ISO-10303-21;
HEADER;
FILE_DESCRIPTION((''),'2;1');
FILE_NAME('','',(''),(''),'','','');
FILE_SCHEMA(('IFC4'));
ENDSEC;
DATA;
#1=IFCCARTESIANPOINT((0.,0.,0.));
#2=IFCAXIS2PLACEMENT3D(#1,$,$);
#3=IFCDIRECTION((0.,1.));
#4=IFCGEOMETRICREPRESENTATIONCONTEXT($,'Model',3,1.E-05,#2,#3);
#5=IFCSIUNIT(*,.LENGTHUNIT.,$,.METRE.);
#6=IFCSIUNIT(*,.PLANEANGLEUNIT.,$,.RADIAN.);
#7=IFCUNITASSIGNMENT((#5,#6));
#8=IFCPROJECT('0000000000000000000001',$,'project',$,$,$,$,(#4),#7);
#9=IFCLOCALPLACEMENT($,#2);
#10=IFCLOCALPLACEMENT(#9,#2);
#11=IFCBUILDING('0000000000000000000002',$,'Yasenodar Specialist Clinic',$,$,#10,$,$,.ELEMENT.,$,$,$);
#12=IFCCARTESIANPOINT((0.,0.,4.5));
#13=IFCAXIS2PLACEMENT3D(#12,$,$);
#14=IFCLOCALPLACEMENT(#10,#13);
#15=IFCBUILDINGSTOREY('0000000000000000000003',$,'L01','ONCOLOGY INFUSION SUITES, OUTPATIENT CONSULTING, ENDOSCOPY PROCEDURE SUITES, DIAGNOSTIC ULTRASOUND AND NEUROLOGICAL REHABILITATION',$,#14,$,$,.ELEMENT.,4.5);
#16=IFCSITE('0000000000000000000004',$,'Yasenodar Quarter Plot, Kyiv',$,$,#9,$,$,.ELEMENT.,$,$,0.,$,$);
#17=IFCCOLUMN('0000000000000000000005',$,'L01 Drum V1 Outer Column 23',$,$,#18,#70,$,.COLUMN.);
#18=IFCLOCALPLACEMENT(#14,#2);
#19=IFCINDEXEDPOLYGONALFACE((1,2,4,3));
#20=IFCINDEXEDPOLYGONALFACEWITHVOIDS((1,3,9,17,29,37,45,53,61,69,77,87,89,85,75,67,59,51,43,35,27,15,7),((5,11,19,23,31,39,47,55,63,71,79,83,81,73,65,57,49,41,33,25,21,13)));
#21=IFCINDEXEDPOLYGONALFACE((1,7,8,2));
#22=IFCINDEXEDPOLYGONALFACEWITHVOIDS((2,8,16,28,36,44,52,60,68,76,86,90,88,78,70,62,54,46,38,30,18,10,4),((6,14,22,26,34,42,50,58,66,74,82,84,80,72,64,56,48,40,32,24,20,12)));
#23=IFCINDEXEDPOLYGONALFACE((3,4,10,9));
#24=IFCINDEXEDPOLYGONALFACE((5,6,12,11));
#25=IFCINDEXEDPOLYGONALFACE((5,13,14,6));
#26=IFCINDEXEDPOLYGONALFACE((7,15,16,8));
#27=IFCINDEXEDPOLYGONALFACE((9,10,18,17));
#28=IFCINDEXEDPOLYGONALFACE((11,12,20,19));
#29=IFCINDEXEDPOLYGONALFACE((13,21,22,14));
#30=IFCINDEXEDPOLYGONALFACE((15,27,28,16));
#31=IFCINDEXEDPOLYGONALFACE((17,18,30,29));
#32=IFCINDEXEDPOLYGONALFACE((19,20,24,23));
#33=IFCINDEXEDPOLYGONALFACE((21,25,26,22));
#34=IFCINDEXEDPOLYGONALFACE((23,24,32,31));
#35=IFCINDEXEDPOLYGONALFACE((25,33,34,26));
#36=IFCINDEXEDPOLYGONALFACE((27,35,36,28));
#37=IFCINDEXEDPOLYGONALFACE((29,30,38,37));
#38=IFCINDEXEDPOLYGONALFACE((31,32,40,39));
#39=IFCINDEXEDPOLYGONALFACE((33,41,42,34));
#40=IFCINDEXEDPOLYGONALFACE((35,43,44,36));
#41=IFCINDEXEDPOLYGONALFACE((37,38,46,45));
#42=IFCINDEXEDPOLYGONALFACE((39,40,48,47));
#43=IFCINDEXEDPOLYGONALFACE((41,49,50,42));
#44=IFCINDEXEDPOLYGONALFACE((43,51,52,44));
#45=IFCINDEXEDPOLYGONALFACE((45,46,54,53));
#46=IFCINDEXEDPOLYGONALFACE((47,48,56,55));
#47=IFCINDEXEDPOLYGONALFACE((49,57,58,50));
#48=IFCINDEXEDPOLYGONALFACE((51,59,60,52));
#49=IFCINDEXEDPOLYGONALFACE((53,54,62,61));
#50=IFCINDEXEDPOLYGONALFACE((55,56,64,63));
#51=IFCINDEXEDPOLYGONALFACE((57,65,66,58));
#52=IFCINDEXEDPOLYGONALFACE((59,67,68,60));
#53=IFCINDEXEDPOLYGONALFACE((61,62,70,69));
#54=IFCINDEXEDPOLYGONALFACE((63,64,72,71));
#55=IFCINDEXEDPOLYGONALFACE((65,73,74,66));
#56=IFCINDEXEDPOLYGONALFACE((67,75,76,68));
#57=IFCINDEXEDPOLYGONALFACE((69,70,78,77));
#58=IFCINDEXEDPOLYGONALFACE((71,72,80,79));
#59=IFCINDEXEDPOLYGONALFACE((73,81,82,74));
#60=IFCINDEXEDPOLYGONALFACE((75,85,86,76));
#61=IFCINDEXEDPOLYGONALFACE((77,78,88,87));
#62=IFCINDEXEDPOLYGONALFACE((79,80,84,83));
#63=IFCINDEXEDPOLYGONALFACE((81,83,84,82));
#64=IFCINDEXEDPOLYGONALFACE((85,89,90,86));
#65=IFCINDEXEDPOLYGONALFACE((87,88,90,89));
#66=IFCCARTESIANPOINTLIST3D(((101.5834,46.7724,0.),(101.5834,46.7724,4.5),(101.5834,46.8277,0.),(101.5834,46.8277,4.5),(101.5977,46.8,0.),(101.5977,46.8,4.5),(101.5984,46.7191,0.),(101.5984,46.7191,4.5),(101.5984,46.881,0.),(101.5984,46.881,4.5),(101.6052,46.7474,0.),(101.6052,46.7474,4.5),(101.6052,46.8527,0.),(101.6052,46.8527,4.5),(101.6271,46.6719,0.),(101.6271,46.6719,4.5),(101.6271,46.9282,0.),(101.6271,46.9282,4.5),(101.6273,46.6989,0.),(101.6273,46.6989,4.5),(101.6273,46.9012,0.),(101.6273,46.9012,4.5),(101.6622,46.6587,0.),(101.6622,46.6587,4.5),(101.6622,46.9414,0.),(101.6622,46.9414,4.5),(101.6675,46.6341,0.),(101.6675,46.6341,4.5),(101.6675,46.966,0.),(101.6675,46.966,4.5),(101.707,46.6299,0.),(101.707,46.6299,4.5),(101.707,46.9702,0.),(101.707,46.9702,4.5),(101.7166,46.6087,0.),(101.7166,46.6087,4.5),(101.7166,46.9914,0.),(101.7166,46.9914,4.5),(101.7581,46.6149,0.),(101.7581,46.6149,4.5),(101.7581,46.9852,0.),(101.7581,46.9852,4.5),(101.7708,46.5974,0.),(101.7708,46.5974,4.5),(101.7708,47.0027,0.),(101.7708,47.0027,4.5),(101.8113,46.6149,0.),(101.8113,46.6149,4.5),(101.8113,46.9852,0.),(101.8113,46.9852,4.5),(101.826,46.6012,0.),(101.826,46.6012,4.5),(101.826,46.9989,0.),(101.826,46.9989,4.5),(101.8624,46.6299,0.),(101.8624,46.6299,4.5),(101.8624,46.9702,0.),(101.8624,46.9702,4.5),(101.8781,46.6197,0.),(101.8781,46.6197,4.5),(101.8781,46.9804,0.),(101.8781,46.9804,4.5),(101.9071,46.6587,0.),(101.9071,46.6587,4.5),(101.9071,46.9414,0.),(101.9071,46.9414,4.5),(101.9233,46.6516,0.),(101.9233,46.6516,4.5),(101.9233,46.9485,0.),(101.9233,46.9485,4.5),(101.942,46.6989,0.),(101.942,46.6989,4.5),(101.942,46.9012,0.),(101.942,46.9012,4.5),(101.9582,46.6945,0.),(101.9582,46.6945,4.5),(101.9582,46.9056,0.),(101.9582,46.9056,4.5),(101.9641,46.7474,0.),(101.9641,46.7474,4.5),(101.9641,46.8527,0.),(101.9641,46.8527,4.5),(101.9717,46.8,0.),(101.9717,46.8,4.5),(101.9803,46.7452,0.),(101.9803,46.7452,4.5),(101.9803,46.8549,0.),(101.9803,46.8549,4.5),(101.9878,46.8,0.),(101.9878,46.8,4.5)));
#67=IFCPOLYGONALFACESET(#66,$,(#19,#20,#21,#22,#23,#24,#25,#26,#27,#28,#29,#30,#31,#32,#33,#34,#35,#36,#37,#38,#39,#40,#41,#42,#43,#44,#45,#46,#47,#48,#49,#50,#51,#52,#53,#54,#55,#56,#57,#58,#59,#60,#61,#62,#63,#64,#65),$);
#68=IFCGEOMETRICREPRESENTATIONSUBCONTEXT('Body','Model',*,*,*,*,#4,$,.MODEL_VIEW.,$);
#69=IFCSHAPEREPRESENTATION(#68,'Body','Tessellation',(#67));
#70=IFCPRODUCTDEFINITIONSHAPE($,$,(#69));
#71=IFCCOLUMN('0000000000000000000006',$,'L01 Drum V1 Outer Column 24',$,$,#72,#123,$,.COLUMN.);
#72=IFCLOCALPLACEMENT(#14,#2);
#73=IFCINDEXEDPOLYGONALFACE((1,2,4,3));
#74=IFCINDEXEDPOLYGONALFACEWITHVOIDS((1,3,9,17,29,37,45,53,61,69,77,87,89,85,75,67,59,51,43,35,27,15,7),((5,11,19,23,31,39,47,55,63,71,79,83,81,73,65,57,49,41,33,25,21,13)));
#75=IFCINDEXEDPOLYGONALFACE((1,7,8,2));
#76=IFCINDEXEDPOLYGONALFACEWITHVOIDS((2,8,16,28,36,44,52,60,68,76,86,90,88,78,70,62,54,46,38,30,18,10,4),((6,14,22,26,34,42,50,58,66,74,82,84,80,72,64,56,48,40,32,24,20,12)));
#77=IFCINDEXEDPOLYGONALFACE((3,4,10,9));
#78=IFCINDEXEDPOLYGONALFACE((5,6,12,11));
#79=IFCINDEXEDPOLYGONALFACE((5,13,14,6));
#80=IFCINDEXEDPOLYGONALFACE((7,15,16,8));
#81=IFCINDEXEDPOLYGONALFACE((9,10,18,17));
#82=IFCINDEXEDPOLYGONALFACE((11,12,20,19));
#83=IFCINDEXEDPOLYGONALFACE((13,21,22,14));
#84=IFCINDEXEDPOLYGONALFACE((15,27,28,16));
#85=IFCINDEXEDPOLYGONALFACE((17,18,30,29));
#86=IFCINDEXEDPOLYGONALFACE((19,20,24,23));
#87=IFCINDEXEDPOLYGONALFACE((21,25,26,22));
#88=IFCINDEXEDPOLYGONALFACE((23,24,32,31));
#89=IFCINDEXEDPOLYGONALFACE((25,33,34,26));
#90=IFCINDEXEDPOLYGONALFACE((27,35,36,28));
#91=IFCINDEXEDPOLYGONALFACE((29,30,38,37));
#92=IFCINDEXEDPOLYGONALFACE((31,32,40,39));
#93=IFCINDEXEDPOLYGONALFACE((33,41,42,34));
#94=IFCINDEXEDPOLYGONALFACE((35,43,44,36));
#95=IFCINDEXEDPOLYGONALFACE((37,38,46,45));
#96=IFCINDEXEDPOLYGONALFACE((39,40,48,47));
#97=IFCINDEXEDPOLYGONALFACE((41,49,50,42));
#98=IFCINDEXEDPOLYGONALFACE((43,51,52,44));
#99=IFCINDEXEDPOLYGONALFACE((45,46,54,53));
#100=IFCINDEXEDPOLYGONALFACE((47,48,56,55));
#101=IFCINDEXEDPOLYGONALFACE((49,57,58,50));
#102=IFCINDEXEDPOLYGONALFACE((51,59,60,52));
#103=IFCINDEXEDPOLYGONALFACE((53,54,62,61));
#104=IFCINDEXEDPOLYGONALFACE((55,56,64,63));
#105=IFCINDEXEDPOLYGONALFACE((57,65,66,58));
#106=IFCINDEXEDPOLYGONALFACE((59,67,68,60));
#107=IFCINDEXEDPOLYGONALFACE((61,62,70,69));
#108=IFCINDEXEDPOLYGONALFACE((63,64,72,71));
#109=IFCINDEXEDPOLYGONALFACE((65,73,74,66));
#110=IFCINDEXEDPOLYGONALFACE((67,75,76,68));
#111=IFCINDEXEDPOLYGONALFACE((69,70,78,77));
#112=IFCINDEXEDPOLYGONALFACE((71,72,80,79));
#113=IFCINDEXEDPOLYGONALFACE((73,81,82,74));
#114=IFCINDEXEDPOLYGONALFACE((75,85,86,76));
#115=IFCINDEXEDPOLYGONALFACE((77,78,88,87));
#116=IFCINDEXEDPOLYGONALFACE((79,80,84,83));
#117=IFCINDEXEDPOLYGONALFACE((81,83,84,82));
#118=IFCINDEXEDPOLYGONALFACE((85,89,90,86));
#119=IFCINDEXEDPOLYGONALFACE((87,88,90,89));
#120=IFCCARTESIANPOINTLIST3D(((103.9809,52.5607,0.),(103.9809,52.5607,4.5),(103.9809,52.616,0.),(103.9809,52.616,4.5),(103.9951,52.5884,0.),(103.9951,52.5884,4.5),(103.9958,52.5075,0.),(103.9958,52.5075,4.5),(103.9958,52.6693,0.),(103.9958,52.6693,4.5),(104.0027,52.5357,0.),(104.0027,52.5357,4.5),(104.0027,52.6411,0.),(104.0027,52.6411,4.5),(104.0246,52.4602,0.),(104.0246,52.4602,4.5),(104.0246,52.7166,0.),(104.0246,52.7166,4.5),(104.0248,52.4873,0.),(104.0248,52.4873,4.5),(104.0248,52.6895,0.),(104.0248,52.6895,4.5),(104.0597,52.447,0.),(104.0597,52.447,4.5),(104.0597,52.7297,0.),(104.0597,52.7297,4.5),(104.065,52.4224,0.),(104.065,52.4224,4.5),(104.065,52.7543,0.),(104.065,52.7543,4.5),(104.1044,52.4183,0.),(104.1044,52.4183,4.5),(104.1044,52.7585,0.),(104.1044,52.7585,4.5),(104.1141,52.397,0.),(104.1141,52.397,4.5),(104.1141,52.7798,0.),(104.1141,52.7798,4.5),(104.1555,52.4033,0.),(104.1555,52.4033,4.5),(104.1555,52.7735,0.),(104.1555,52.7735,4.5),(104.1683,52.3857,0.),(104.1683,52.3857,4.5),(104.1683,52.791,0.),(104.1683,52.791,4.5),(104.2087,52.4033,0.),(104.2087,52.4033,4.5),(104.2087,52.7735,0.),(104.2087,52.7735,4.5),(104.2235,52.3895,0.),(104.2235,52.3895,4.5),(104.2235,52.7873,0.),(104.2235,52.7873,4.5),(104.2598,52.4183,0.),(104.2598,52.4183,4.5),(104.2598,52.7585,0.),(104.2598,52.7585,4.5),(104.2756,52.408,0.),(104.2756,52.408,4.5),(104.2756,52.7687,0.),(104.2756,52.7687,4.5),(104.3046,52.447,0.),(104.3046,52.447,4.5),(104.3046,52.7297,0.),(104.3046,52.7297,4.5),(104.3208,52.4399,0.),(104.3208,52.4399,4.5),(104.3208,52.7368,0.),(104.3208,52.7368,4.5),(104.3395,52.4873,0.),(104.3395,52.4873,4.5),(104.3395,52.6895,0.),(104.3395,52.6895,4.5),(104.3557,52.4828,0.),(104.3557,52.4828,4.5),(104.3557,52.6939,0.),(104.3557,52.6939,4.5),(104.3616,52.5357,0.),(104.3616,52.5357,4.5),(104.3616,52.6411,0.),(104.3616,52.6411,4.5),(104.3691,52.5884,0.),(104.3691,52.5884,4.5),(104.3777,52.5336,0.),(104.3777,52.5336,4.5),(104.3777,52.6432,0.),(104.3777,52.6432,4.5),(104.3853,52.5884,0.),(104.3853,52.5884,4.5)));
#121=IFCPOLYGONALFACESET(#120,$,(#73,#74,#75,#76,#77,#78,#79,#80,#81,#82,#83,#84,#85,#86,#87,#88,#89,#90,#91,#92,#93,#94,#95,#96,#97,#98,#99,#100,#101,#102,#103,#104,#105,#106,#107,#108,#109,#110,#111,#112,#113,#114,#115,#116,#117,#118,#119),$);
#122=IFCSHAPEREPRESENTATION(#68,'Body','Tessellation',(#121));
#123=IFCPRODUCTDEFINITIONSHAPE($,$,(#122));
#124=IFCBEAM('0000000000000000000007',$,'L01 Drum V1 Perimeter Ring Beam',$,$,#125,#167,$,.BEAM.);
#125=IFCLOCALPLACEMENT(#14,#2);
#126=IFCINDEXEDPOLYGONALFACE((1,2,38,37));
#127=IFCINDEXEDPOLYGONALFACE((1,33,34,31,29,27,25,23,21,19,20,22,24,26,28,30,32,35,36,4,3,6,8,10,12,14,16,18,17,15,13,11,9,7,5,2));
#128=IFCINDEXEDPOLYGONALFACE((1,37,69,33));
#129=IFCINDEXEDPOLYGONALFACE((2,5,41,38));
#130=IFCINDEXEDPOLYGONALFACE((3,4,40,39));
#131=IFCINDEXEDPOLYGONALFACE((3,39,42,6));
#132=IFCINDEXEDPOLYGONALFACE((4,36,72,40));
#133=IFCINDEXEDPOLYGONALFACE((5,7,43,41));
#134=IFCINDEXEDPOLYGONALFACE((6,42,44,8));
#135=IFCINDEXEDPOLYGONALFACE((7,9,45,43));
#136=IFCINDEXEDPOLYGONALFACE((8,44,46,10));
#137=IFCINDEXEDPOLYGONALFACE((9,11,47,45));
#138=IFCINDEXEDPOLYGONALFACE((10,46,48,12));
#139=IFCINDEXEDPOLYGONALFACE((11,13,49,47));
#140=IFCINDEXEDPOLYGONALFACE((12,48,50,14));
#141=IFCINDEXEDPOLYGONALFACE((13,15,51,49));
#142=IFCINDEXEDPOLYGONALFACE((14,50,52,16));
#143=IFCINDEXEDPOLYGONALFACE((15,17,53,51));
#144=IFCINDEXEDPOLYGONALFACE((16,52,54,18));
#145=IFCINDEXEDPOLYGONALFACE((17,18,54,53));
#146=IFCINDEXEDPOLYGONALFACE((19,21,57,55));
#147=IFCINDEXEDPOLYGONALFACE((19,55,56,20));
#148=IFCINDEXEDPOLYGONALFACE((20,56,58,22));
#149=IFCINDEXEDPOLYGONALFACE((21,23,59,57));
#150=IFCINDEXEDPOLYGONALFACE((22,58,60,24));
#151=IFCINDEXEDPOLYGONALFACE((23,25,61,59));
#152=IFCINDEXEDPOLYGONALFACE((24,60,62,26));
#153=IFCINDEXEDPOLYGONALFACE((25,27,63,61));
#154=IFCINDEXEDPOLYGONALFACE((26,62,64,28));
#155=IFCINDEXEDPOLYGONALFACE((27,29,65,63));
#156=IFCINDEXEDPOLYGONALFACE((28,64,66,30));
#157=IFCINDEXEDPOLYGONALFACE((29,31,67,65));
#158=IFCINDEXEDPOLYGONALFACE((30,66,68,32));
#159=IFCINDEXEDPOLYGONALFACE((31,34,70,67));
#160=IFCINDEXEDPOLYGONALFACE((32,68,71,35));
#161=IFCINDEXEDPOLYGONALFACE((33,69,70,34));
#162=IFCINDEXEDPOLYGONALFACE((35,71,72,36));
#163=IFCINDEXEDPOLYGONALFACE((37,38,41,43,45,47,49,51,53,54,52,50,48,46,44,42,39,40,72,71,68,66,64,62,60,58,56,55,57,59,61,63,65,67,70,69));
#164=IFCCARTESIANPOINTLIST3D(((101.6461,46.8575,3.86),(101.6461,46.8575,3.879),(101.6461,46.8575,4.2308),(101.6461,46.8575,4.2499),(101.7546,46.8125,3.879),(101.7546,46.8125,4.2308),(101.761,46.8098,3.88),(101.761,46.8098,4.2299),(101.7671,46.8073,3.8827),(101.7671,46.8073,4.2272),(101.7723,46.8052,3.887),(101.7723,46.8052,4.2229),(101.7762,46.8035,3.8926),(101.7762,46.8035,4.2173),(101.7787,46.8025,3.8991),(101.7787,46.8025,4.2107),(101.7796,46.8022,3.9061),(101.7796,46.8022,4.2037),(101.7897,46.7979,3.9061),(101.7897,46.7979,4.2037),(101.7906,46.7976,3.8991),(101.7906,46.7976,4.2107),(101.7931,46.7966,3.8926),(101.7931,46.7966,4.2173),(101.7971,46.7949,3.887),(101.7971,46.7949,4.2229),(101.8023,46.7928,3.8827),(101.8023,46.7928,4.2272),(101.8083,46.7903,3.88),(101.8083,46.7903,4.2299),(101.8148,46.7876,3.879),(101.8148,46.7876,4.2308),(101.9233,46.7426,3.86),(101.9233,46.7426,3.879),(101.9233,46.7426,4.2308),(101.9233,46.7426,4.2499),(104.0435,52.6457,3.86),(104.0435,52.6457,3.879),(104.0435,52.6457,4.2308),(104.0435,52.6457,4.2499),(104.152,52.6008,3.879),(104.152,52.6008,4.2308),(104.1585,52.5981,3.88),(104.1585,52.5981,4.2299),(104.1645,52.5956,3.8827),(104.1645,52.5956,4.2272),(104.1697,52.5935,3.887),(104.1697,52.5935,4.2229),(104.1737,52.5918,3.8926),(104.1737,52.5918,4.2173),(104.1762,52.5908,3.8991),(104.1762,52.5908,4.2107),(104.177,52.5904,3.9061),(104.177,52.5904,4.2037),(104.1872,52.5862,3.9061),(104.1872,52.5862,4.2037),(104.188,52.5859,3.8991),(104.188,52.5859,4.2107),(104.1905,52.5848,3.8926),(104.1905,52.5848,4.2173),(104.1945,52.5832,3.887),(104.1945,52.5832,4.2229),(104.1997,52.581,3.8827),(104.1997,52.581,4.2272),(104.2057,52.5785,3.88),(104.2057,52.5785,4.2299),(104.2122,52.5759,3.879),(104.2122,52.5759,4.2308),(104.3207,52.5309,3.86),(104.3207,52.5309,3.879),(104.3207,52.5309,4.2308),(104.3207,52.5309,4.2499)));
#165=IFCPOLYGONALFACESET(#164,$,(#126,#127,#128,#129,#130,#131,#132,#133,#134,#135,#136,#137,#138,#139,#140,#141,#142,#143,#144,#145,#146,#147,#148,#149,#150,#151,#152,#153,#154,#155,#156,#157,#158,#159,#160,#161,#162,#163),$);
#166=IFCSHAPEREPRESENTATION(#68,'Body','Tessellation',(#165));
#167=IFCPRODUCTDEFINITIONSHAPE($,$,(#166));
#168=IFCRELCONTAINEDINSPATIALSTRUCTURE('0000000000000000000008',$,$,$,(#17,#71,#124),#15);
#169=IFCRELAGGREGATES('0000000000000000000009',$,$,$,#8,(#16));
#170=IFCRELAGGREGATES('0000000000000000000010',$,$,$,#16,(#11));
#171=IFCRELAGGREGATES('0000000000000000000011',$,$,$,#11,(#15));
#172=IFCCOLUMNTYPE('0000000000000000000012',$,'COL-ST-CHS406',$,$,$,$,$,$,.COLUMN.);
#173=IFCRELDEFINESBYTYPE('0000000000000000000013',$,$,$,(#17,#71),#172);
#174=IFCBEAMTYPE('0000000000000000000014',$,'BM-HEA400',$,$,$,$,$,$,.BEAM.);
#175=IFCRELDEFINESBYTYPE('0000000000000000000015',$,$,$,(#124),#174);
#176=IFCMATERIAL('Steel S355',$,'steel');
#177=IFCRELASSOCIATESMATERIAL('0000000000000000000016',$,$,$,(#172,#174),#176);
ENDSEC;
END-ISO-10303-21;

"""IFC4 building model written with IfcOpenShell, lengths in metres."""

from ifc_helpers import new_model, si_unit, direction, frame, origin, origin_2d, place, context, subcontext, project, spatial, hollow_circle, i_section, extrude, material, material_profile, profile_set, type_object, element, save


model = new_model("IFC4")

# Units and contexts
model_context = context("Model", 3, precision=1e-05, world=origin(), true_north=direction((0.0, 1.0)))
body_context = subcontext(model_context, "Body", "Model", "MODEL_VIEW")
ifc_project = project(units=[si_unit("LENGTHUNIT", "METRE"), si_unit("PLANEANGLEUNIT", "RADIAN")], contexts=[model_context])

# Site, building, storey
site_placement = place(None, origin())
site = spatial("IfcSite", under=ifc_project, at=site_placement, Name="Yasenodar Quarter Plot, Kyiv", CompositionType="ELEMENT", RefElevation=0.0)
building_placement = place(site_placement, origin())
building = spatial("IfcBuilding", under=site, at=building_placement, Name="Yasenodar Specialist Clinic", CompositionType="ELEMENT")
storey_placement = place(building_placement, frame((0.0, 0.0, 4.5)))
storey = spatial("IfcBuildingStorey", under=building, at=storey_placement, Name="L01", Description="ONCOLOGY INFUSION SUITES, OUTPATIENT CONSULTING, ENDOSCOPY PROCEDURE SUITES, DIAGNOSTIC ULTRASOUND AND NEUROLOGICAL REHABILITATION", CompositionType="ELEMENT", Elevation=4.5)

# Columns
ifc_material_1 = material(Name="Steel S355", Category="steel")
ifc_material_profile_1 = material_profile(ifc_material_1, hollow_circle(Radius=0.2031, WallThickness=0.0161, at=origin_2d()), Name="CHS 406.4x16")
ifc_profile_set_1 = profile_set([ifc_material_profile_1], Name="Steel S355")
column_type = type_object("IfcColumnType", Name="COL-ST-CHS406", PredefinedType="COLUMN", material=ifc_profile_set_1)
for number, where, z_axis, x_axis, name in (
    (1, (101.7847, 46.8, 0.0), (0.0, 0.0, 1.0), (1.0, 0.0, 0.0), "L01 Drum V1 Outer Column 23"),
    (2, (104.1821, 52.5884, 0.0), (0.0, 0.0, 1.0), (1.0, 0.0, 0.0), "L01 Drum V1 Outer Column 24"),
):
    element("IfcColumn", number, at=place(storey_placement, frame(where, z_axis=z_axis, x_axis=x_axis)), inside=storey, type_object=column_type, Name=name, PredefinedType="COLUMN", context=body_context, shape_type="SweptSolid", body=[
        extrude(hollow_circle(Radius=0.2031, WallThickness=0.0161, at=origin_2d()), origin(), (0.0, 0.0, 1.0), 4.5),
    ])

# Beam
ifc_material_profile_2 = material_profile(ifc_material_1, i_section(OverallWidth=0.3, OverallDepth=0.3899, WebThickness=0.011, FlangeThickness=0.019, FilletRadius=0.0271, at=origin_2d()), Name="HEA 400")
ifc_profile_set_2 = profile_set([ifc_material_profile_2], Name="Steel S355")
beam_type = type_object("IfcBeamType", Name="BM-HEA400", PredefinedType="BEAM", material=ifc_profile_set_2)
beam_1_placement = place(storey_placement, frame((101.7847, 46.8, 4.0549), z_axis=(0.382664, 0.923888, 0.0), x_axis=(-0.923888, 0.382664, 0.0)))
element("IfcBeam", 3, at=beam_1_placement, inside=storey, type_object=beam_type, Name="L01 Drum V1 Perimeter Ring Beam", PredefinedType="BEAM", context=body_context, shape_type="SweptSolid", body=[
    extrude(i_section(OverallWidth=0.3, OverallDepth=0.3899, WebThickness=0.011, FlangeThickness=0.019, FilletRadius=0.0271, at=origin_2d()), origin(), (0.0, 0.0, 1.0), 6.2651),
])

save(model, "model.ifc")
